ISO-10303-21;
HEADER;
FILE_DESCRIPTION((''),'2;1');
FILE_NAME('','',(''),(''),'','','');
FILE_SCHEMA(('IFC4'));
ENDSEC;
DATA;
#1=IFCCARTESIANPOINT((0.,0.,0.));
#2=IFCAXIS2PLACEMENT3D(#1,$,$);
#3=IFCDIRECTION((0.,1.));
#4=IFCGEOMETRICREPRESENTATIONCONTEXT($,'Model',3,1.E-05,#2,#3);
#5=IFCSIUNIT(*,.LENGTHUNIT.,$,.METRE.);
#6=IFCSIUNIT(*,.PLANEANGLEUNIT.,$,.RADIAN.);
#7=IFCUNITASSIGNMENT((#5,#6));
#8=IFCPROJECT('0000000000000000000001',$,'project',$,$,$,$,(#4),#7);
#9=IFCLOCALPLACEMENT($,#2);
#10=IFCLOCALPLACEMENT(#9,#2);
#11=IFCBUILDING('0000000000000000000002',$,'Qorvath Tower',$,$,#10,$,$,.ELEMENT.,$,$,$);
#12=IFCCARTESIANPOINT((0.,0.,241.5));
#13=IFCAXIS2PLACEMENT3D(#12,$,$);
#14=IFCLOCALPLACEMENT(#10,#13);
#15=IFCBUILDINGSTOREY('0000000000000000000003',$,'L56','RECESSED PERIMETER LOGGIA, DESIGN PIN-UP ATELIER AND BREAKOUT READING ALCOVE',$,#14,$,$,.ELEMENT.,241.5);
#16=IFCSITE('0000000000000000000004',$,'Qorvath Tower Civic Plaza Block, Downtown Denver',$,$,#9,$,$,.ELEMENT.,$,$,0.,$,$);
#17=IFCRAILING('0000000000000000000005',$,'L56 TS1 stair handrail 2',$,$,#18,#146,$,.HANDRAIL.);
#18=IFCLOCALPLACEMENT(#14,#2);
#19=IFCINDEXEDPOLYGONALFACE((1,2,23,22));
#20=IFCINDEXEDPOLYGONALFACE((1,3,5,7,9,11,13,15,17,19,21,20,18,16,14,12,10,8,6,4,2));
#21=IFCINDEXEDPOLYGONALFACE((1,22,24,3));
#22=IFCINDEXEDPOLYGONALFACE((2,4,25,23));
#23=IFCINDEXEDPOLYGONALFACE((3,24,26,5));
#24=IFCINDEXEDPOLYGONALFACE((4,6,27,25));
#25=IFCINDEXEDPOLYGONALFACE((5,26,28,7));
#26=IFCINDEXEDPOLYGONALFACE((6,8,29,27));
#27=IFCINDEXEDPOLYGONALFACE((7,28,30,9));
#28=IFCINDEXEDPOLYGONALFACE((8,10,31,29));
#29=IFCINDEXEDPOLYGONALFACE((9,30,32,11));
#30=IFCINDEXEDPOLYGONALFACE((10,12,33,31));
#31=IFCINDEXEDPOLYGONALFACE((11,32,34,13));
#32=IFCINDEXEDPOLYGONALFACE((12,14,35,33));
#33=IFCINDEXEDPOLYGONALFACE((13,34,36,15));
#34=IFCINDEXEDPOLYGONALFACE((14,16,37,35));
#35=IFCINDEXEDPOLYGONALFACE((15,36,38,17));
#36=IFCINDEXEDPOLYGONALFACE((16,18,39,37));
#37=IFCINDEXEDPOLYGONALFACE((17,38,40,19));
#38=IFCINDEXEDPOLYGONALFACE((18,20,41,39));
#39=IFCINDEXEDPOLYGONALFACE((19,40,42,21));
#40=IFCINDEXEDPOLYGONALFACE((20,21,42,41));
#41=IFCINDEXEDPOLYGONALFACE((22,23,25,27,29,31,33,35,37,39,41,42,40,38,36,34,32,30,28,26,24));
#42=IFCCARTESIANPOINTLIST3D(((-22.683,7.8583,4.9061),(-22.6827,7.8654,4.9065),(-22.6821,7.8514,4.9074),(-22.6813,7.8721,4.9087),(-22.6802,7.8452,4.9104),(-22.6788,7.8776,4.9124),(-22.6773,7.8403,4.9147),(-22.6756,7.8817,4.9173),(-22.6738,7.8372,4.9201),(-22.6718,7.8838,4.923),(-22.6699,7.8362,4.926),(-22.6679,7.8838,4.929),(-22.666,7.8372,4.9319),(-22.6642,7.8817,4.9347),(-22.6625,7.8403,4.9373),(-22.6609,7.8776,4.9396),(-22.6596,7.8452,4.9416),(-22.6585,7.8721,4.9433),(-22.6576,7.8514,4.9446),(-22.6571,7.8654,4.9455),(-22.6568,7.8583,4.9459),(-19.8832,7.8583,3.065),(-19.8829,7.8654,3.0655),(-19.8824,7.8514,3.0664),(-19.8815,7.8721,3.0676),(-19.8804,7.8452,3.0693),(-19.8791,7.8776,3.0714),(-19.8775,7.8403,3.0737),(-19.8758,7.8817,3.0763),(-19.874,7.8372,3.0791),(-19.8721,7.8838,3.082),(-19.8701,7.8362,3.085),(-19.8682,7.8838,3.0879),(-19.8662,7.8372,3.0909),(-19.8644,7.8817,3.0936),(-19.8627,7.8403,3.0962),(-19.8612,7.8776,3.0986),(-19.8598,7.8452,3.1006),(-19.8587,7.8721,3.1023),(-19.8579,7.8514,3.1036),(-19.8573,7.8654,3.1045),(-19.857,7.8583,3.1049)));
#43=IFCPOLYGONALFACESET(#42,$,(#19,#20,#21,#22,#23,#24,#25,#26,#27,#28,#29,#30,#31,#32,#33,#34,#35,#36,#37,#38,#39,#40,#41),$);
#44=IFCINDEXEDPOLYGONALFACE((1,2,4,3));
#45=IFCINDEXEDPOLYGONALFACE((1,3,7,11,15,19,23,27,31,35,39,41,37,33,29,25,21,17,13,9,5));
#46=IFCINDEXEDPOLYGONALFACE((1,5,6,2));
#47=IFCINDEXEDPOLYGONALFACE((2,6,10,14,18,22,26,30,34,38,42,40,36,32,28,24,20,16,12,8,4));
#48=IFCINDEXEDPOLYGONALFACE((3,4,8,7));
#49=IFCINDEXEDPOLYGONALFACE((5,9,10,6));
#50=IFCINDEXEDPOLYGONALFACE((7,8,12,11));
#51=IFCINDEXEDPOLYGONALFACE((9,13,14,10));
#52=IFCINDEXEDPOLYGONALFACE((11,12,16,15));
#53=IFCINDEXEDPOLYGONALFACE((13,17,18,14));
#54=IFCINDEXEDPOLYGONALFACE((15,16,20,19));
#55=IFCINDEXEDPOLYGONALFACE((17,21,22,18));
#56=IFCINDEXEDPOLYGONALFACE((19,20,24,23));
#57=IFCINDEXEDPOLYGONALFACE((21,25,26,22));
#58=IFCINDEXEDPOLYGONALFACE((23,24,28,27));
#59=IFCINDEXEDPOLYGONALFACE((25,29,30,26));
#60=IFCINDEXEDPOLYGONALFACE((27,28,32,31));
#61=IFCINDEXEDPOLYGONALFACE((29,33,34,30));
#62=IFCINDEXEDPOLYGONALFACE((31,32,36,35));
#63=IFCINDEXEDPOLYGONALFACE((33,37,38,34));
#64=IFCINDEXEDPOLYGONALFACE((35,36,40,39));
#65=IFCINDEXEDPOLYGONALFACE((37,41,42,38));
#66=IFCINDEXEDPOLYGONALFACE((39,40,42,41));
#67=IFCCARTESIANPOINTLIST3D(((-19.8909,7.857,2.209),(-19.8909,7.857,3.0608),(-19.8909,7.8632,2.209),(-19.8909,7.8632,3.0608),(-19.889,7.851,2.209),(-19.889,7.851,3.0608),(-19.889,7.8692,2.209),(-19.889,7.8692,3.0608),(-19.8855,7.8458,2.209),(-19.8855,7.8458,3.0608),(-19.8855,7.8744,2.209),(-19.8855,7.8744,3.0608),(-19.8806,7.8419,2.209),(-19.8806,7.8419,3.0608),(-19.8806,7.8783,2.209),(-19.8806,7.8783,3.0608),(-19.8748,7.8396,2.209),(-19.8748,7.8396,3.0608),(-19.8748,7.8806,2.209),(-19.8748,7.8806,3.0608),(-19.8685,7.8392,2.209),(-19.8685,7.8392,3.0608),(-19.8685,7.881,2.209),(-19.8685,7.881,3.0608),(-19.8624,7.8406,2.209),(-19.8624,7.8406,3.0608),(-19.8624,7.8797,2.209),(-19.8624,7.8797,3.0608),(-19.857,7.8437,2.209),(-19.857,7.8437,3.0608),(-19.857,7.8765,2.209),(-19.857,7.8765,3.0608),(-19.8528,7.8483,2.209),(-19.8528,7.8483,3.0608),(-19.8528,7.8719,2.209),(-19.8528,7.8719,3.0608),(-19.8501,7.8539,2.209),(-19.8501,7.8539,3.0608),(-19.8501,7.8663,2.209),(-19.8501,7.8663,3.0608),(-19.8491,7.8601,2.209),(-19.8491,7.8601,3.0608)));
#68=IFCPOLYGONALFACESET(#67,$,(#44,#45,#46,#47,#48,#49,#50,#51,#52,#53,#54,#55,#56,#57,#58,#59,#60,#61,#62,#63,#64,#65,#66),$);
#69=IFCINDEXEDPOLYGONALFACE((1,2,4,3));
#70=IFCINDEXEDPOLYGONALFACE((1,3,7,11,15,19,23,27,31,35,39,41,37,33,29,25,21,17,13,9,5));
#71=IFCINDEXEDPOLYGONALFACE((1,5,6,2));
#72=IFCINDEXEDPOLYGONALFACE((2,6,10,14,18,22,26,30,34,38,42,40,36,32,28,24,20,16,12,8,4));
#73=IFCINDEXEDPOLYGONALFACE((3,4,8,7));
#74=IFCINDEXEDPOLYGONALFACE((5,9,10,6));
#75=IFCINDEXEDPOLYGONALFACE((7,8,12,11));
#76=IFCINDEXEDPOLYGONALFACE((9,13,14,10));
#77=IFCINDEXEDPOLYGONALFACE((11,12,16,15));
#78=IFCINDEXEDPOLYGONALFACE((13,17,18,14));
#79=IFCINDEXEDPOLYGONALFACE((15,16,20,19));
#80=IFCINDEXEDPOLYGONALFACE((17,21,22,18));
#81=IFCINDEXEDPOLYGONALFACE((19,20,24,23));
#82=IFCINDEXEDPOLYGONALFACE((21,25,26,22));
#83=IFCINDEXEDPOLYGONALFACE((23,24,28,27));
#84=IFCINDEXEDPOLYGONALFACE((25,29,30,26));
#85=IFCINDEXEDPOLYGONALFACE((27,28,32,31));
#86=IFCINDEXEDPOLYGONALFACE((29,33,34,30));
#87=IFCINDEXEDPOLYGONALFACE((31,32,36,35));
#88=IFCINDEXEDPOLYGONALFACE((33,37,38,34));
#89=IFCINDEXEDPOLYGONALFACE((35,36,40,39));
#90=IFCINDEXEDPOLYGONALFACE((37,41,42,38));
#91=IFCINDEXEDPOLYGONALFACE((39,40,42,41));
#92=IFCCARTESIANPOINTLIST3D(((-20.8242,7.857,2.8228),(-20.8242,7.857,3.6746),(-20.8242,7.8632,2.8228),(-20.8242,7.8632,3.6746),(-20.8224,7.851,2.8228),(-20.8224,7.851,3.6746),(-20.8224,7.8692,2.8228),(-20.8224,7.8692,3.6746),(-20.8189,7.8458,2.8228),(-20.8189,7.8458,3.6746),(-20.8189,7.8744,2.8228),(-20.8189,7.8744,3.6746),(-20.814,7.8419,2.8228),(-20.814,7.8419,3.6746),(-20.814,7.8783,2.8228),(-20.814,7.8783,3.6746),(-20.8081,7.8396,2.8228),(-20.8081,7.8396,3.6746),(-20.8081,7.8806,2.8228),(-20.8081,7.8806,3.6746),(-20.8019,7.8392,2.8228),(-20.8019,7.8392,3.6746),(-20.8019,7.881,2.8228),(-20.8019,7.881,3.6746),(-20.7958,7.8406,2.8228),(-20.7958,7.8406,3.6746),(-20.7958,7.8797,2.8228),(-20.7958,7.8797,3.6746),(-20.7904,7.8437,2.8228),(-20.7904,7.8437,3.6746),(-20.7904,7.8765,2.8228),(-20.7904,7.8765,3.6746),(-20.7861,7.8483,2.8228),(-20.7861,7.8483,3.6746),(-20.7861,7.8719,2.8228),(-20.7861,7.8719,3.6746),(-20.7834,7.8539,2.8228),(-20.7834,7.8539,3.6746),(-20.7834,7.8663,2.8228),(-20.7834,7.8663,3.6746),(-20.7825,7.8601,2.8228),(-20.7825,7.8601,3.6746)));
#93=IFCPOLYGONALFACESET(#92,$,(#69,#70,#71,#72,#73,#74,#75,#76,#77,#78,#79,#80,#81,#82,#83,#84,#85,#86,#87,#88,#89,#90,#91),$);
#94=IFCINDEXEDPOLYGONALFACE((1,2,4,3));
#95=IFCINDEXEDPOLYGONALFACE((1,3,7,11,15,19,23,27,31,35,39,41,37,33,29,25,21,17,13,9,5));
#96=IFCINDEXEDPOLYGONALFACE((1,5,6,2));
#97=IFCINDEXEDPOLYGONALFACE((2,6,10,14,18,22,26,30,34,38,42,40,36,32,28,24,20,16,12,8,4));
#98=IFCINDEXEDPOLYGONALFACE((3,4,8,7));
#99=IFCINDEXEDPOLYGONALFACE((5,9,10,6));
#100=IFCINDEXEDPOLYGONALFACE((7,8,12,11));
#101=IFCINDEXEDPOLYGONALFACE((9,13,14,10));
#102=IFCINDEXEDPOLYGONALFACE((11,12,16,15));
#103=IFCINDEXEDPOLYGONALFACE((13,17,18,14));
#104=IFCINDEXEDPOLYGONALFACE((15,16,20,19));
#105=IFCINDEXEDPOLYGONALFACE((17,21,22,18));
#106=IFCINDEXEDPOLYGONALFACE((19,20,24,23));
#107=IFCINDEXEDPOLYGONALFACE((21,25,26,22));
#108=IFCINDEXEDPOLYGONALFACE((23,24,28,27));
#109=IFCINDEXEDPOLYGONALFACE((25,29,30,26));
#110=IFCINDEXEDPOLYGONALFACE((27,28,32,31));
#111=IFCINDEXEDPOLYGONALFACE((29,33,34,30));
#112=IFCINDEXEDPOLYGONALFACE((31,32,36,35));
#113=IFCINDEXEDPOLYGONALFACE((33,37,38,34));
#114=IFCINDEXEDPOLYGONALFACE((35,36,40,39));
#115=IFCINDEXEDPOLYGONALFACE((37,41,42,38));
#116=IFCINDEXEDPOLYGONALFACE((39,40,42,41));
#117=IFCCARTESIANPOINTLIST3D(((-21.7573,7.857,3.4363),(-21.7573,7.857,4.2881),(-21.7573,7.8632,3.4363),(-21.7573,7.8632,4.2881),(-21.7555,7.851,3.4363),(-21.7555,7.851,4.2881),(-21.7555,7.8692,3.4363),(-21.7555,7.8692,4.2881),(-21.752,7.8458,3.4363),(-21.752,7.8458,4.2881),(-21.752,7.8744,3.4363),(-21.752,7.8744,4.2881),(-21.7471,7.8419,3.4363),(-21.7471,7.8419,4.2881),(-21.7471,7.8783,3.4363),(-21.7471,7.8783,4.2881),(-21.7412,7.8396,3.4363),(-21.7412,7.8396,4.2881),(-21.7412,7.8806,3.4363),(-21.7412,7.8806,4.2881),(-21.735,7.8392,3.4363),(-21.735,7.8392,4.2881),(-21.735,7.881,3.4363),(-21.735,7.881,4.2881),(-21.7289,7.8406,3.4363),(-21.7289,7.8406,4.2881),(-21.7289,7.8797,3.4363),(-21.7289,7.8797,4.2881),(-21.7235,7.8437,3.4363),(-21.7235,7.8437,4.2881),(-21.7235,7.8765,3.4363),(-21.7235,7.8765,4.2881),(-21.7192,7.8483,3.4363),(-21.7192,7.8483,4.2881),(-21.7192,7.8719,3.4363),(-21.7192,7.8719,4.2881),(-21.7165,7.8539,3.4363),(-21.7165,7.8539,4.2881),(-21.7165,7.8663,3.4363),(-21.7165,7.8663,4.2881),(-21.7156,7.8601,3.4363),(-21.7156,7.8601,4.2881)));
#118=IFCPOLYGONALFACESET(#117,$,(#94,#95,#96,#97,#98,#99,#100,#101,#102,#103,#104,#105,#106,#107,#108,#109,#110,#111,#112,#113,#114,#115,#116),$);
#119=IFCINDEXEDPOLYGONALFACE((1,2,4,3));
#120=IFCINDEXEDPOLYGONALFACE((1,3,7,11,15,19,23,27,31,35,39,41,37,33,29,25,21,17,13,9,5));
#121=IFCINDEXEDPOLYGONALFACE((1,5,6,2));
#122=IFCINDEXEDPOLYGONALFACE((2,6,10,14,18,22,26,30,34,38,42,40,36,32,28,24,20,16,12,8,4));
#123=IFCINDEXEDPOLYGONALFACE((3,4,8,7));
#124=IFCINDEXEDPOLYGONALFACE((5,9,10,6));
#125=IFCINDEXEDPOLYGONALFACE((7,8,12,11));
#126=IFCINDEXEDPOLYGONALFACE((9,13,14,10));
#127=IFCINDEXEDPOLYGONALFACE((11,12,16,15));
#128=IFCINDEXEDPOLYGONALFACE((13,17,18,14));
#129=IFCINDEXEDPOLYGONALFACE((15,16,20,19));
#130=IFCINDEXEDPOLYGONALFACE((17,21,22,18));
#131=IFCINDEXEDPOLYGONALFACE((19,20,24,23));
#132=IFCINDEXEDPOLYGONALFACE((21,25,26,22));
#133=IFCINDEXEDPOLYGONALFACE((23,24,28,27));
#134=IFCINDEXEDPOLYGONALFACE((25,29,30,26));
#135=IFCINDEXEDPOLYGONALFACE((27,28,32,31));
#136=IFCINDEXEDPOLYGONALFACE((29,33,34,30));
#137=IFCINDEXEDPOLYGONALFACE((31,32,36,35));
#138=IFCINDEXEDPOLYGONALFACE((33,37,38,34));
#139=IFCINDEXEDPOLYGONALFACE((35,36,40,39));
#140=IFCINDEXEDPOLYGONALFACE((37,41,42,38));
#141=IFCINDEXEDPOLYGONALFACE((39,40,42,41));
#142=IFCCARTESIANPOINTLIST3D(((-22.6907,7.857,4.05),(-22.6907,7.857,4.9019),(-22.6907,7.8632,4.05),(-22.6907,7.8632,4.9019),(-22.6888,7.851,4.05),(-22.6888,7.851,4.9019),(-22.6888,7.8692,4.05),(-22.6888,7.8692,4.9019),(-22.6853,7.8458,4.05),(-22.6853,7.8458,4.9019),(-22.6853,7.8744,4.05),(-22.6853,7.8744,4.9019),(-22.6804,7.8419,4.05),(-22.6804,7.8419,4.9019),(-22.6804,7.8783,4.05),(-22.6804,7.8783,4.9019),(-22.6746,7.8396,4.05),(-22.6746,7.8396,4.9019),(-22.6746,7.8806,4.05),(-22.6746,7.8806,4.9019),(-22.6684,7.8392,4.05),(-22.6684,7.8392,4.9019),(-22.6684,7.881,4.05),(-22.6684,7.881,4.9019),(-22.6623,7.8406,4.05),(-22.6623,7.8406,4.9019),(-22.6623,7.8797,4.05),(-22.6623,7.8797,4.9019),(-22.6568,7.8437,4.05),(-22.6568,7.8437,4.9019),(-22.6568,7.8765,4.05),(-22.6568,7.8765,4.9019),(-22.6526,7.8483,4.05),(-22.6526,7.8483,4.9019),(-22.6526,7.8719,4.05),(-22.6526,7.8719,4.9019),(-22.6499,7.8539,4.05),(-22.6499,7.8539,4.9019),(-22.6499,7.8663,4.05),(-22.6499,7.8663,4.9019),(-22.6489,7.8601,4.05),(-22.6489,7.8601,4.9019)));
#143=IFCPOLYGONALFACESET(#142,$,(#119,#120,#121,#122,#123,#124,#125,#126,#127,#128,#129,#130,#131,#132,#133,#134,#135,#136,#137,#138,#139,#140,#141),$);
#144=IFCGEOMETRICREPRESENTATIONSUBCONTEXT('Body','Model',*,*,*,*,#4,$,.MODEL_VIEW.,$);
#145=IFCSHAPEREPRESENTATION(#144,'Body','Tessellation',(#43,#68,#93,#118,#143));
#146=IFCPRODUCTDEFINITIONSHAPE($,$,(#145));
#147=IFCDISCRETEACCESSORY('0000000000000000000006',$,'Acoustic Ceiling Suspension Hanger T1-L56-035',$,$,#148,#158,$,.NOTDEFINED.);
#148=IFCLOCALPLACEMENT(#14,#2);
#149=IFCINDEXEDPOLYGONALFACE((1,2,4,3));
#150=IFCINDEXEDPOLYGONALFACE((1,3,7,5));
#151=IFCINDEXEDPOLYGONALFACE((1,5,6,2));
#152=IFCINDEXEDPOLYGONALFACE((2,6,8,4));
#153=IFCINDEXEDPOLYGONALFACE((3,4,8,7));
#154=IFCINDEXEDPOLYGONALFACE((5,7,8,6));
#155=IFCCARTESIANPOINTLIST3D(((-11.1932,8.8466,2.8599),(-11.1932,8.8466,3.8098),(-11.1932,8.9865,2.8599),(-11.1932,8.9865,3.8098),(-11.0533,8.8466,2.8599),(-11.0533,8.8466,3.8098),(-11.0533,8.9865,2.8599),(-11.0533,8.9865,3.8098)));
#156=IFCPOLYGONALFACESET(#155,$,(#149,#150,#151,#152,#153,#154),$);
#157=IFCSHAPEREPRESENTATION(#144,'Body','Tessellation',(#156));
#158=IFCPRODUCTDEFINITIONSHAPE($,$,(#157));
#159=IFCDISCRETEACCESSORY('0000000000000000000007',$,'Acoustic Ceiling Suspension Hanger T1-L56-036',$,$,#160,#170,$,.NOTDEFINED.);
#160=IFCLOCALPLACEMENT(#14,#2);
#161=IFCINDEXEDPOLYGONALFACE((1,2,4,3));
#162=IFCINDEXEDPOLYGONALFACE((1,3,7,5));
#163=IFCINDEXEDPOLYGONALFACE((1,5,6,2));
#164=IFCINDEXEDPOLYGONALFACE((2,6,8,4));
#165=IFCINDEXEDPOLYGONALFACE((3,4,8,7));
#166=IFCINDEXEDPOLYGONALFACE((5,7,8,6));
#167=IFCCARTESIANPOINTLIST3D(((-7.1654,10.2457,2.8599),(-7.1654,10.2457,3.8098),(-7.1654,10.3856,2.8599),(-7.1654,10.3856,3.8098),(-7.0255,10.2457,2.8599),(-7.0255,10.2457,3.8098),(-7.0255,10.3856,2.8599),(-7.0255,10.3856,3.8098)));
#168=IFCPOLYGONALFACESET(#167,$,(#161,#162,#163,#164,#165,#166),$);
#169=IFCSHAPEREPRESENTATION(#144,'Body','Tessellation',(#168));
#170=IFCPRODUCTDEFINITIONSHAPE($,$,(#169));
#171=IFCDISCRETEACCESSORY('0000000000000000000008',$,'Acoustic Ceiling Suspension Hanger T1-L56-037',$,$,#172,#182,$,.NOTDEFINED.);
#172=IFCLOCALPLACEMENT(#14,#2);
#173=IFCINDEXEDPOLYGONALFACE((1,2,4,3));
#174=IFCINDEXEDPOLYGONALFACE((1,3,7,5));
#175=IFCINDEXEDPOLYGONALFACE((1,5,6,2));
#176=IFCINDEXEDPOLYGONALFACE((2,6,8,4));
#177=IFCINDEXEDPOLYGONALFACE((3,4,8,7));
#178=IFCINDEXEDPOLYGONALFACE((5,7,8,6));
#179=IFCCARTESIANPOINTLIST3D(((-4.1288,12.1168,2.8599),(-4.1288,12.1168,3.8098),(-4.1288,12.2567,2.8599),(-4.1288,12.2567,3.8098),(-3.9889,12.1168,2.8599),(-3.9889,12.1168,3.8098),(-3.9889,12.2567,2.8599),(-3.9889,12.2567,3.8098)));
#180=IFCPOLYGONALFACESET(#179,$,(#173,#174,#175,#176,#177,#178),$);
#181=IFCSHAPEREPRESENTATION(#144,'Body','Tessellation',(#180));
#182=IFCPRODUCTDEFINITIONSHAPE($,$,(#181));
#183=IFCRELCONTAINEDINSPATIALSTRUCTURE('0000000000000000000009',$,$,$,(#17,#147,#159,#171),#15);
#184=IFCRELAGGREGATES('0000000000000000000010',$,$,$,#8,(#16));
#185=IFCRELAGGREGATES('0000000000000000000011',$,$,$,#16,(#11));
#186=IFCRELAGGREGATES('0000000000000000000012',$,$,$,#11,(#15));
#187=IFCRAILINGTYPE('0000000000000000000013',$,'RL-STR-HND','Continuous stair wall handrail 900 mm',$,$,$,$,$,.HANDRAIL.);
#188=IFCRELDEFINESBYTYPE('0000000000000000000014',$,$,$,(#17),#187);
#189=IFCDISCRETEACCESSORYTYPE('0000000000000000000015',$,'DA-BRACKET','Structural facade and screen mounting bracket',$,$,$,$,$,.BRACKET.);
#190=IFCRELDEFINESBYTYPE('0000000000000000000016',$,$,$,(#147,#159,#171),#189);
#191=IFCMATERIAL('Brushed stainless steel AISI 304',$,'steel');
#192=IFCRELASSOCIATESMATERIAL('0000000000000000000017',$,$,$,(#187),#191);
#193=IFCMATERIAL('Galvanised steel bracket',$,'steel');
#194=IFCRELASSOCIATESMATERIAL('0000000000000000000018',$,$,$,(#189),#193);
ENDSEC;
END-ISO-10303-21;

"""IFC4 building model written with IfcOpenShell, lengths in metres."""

from ifc_helpers import new_model, si_unit, direction, frame, origin, origin_2d, place, context, subcontext, project, spatial, rectangle, circle, extrude, material, type_object, element, save


model = new_model("IFC4")

# Units and contexts
model_context = context("Model", 3, precision=1e-05, world=origin(), true_north=direction((0.0, 1.0)))
body_context = subcontext(model_context, "Body", "Model", "MODEL_VIEW")
ifc_project = project(units=[si_unit("LENGTHUNIT", "METRE"), si_unit("PLANEANGLEUNIT", "RADIAN")], contexts=[model_context])

# Site, building, storey
site_placement = place(None, origin())
site = spatial("IfcSite", under=ifc_project, at=site_placement, Name="Qorvath Tower Civic Plaza Block, Downtown Denver", CompositionType="ELEMENT", RefElevation=0.0)
building_placement = place(site_placement, origin())
building = spatial("IfcBuilding", under=site, at=building_placement, Name="Qorvath Tower", CompositionType="ELEMENT")
storey_placement = place(building_placement, frame((0.0, 0.0, 241.5)))
storey = spatial("IfcBuildingStorey", under=building, at=storey_placement, Name="L56", Description="RECESSED PERIMETER LOGGIA, DESIGN PIN-UP ATELIER AND BREAKOUT READING ALCOVE", CompositionType="ELEMENT", Elevation=241.5)

# Railing
ifc_material_1 = material(Name="Brushed stainless steel AISI 304", Category="steel")
railing_type_1 = type_object("IfcRailingType", Name="RL-STR-HND", Description="Continuous stair wall handrail 900 mm", PredefinedType="HANDRAIL", material=ifc_material_1)
railing_1_placement = place(storey_placement, frame((-19.8701, 7.8601, 2.209)))
element("IfcRailing", 1, at=railing_1_placement, inside=storey, type_object=railing_type_1, Name="L56 TS1 stair handrail 2", PredefinedType="HANDRAIL", context=body_context, shape_type="SweptSolid", body=[
    extrude(circle(Radius=0.0239, at=origin_2d()), frame((0.0, 0.0, 0.876), z_axis=(-0.835542, 0.0, 0.549426), x_axis=(0.0, -1.0, 0.0)), (0.0, 0.0, 1.0), 3.3508),
    extrude(circle(Radius=0.021, at=origin_2d()), origin(), (0.0, 0.0, 1.0), 0.8518),
    extrude(circle(Radius=0.021, at=origin_2d()), frame((-0.9333, 0.0, 0.6138)), (0.0, 0.0, 1.0), 0.8518),
    extrude(circle(Radius=0.021, at=origin_2d()), frame((-1.8665, 0.0, 1.2273)), (0.0, 0.0, 1.0), 0.8518),
    extrude(circle(Radius=0.021, at=origin_2d()), frame((-2.7998, 0.0, 1.8411)), (0.0, 0.0, 1.0), 0.8518),
])

# Discrete accessories
ifc_material_2 = material(Name="Galvanised steel bracket", Category="steel")
discrete_accessory_type = type_object("IfcDiscreteAccessoryType", Name="DA-BRACKET", Description="Structural facade and screen mounting bracket", PredefinedType="BRACKET", material=ifc_material_2)
for number, where, z_axis, x_axis, name in (
    (2, (-11.1233, 8.9165, 2.8599), (0.0, 0.0, 1.0), (1.0, 0.0, 0.0), "Acoustic Ceiling Suspension Hanger T1-L56-035"),
    (3, (-7.0955, 10.3157, 2.8599), (0.0, 0.0, 1.0), (1.0, 0.0, 0.0), "Acoustic Ceiling Suspension Hanger T1-L56-036"),
    (4, (-4.0588, 12.1868, 2.8599), (0.0, 0.0, 1.0), (1.0, 0.0, 0.0), "Acoustic Ceiling Suspension Hanger T1-L56-037"),
):
    element("IfcDiscreteAccessory", number, at=place(storey_placement, frame(where, z_axis=z_axis, x_axis=x_axis)), inside=storey, type_object=discrete_accessory_type, Name=name, PredefinedType="NOTDEFINED", context=body_context, shape_type="SweptSolid", body=[
        extrude(rectangle(XDim=0.1399, YDim=0.1399, at=origin_2d()), origin(), (0.0, 0.0, 1.0), 0.95),
    ])

save(model, "model.ifc")
